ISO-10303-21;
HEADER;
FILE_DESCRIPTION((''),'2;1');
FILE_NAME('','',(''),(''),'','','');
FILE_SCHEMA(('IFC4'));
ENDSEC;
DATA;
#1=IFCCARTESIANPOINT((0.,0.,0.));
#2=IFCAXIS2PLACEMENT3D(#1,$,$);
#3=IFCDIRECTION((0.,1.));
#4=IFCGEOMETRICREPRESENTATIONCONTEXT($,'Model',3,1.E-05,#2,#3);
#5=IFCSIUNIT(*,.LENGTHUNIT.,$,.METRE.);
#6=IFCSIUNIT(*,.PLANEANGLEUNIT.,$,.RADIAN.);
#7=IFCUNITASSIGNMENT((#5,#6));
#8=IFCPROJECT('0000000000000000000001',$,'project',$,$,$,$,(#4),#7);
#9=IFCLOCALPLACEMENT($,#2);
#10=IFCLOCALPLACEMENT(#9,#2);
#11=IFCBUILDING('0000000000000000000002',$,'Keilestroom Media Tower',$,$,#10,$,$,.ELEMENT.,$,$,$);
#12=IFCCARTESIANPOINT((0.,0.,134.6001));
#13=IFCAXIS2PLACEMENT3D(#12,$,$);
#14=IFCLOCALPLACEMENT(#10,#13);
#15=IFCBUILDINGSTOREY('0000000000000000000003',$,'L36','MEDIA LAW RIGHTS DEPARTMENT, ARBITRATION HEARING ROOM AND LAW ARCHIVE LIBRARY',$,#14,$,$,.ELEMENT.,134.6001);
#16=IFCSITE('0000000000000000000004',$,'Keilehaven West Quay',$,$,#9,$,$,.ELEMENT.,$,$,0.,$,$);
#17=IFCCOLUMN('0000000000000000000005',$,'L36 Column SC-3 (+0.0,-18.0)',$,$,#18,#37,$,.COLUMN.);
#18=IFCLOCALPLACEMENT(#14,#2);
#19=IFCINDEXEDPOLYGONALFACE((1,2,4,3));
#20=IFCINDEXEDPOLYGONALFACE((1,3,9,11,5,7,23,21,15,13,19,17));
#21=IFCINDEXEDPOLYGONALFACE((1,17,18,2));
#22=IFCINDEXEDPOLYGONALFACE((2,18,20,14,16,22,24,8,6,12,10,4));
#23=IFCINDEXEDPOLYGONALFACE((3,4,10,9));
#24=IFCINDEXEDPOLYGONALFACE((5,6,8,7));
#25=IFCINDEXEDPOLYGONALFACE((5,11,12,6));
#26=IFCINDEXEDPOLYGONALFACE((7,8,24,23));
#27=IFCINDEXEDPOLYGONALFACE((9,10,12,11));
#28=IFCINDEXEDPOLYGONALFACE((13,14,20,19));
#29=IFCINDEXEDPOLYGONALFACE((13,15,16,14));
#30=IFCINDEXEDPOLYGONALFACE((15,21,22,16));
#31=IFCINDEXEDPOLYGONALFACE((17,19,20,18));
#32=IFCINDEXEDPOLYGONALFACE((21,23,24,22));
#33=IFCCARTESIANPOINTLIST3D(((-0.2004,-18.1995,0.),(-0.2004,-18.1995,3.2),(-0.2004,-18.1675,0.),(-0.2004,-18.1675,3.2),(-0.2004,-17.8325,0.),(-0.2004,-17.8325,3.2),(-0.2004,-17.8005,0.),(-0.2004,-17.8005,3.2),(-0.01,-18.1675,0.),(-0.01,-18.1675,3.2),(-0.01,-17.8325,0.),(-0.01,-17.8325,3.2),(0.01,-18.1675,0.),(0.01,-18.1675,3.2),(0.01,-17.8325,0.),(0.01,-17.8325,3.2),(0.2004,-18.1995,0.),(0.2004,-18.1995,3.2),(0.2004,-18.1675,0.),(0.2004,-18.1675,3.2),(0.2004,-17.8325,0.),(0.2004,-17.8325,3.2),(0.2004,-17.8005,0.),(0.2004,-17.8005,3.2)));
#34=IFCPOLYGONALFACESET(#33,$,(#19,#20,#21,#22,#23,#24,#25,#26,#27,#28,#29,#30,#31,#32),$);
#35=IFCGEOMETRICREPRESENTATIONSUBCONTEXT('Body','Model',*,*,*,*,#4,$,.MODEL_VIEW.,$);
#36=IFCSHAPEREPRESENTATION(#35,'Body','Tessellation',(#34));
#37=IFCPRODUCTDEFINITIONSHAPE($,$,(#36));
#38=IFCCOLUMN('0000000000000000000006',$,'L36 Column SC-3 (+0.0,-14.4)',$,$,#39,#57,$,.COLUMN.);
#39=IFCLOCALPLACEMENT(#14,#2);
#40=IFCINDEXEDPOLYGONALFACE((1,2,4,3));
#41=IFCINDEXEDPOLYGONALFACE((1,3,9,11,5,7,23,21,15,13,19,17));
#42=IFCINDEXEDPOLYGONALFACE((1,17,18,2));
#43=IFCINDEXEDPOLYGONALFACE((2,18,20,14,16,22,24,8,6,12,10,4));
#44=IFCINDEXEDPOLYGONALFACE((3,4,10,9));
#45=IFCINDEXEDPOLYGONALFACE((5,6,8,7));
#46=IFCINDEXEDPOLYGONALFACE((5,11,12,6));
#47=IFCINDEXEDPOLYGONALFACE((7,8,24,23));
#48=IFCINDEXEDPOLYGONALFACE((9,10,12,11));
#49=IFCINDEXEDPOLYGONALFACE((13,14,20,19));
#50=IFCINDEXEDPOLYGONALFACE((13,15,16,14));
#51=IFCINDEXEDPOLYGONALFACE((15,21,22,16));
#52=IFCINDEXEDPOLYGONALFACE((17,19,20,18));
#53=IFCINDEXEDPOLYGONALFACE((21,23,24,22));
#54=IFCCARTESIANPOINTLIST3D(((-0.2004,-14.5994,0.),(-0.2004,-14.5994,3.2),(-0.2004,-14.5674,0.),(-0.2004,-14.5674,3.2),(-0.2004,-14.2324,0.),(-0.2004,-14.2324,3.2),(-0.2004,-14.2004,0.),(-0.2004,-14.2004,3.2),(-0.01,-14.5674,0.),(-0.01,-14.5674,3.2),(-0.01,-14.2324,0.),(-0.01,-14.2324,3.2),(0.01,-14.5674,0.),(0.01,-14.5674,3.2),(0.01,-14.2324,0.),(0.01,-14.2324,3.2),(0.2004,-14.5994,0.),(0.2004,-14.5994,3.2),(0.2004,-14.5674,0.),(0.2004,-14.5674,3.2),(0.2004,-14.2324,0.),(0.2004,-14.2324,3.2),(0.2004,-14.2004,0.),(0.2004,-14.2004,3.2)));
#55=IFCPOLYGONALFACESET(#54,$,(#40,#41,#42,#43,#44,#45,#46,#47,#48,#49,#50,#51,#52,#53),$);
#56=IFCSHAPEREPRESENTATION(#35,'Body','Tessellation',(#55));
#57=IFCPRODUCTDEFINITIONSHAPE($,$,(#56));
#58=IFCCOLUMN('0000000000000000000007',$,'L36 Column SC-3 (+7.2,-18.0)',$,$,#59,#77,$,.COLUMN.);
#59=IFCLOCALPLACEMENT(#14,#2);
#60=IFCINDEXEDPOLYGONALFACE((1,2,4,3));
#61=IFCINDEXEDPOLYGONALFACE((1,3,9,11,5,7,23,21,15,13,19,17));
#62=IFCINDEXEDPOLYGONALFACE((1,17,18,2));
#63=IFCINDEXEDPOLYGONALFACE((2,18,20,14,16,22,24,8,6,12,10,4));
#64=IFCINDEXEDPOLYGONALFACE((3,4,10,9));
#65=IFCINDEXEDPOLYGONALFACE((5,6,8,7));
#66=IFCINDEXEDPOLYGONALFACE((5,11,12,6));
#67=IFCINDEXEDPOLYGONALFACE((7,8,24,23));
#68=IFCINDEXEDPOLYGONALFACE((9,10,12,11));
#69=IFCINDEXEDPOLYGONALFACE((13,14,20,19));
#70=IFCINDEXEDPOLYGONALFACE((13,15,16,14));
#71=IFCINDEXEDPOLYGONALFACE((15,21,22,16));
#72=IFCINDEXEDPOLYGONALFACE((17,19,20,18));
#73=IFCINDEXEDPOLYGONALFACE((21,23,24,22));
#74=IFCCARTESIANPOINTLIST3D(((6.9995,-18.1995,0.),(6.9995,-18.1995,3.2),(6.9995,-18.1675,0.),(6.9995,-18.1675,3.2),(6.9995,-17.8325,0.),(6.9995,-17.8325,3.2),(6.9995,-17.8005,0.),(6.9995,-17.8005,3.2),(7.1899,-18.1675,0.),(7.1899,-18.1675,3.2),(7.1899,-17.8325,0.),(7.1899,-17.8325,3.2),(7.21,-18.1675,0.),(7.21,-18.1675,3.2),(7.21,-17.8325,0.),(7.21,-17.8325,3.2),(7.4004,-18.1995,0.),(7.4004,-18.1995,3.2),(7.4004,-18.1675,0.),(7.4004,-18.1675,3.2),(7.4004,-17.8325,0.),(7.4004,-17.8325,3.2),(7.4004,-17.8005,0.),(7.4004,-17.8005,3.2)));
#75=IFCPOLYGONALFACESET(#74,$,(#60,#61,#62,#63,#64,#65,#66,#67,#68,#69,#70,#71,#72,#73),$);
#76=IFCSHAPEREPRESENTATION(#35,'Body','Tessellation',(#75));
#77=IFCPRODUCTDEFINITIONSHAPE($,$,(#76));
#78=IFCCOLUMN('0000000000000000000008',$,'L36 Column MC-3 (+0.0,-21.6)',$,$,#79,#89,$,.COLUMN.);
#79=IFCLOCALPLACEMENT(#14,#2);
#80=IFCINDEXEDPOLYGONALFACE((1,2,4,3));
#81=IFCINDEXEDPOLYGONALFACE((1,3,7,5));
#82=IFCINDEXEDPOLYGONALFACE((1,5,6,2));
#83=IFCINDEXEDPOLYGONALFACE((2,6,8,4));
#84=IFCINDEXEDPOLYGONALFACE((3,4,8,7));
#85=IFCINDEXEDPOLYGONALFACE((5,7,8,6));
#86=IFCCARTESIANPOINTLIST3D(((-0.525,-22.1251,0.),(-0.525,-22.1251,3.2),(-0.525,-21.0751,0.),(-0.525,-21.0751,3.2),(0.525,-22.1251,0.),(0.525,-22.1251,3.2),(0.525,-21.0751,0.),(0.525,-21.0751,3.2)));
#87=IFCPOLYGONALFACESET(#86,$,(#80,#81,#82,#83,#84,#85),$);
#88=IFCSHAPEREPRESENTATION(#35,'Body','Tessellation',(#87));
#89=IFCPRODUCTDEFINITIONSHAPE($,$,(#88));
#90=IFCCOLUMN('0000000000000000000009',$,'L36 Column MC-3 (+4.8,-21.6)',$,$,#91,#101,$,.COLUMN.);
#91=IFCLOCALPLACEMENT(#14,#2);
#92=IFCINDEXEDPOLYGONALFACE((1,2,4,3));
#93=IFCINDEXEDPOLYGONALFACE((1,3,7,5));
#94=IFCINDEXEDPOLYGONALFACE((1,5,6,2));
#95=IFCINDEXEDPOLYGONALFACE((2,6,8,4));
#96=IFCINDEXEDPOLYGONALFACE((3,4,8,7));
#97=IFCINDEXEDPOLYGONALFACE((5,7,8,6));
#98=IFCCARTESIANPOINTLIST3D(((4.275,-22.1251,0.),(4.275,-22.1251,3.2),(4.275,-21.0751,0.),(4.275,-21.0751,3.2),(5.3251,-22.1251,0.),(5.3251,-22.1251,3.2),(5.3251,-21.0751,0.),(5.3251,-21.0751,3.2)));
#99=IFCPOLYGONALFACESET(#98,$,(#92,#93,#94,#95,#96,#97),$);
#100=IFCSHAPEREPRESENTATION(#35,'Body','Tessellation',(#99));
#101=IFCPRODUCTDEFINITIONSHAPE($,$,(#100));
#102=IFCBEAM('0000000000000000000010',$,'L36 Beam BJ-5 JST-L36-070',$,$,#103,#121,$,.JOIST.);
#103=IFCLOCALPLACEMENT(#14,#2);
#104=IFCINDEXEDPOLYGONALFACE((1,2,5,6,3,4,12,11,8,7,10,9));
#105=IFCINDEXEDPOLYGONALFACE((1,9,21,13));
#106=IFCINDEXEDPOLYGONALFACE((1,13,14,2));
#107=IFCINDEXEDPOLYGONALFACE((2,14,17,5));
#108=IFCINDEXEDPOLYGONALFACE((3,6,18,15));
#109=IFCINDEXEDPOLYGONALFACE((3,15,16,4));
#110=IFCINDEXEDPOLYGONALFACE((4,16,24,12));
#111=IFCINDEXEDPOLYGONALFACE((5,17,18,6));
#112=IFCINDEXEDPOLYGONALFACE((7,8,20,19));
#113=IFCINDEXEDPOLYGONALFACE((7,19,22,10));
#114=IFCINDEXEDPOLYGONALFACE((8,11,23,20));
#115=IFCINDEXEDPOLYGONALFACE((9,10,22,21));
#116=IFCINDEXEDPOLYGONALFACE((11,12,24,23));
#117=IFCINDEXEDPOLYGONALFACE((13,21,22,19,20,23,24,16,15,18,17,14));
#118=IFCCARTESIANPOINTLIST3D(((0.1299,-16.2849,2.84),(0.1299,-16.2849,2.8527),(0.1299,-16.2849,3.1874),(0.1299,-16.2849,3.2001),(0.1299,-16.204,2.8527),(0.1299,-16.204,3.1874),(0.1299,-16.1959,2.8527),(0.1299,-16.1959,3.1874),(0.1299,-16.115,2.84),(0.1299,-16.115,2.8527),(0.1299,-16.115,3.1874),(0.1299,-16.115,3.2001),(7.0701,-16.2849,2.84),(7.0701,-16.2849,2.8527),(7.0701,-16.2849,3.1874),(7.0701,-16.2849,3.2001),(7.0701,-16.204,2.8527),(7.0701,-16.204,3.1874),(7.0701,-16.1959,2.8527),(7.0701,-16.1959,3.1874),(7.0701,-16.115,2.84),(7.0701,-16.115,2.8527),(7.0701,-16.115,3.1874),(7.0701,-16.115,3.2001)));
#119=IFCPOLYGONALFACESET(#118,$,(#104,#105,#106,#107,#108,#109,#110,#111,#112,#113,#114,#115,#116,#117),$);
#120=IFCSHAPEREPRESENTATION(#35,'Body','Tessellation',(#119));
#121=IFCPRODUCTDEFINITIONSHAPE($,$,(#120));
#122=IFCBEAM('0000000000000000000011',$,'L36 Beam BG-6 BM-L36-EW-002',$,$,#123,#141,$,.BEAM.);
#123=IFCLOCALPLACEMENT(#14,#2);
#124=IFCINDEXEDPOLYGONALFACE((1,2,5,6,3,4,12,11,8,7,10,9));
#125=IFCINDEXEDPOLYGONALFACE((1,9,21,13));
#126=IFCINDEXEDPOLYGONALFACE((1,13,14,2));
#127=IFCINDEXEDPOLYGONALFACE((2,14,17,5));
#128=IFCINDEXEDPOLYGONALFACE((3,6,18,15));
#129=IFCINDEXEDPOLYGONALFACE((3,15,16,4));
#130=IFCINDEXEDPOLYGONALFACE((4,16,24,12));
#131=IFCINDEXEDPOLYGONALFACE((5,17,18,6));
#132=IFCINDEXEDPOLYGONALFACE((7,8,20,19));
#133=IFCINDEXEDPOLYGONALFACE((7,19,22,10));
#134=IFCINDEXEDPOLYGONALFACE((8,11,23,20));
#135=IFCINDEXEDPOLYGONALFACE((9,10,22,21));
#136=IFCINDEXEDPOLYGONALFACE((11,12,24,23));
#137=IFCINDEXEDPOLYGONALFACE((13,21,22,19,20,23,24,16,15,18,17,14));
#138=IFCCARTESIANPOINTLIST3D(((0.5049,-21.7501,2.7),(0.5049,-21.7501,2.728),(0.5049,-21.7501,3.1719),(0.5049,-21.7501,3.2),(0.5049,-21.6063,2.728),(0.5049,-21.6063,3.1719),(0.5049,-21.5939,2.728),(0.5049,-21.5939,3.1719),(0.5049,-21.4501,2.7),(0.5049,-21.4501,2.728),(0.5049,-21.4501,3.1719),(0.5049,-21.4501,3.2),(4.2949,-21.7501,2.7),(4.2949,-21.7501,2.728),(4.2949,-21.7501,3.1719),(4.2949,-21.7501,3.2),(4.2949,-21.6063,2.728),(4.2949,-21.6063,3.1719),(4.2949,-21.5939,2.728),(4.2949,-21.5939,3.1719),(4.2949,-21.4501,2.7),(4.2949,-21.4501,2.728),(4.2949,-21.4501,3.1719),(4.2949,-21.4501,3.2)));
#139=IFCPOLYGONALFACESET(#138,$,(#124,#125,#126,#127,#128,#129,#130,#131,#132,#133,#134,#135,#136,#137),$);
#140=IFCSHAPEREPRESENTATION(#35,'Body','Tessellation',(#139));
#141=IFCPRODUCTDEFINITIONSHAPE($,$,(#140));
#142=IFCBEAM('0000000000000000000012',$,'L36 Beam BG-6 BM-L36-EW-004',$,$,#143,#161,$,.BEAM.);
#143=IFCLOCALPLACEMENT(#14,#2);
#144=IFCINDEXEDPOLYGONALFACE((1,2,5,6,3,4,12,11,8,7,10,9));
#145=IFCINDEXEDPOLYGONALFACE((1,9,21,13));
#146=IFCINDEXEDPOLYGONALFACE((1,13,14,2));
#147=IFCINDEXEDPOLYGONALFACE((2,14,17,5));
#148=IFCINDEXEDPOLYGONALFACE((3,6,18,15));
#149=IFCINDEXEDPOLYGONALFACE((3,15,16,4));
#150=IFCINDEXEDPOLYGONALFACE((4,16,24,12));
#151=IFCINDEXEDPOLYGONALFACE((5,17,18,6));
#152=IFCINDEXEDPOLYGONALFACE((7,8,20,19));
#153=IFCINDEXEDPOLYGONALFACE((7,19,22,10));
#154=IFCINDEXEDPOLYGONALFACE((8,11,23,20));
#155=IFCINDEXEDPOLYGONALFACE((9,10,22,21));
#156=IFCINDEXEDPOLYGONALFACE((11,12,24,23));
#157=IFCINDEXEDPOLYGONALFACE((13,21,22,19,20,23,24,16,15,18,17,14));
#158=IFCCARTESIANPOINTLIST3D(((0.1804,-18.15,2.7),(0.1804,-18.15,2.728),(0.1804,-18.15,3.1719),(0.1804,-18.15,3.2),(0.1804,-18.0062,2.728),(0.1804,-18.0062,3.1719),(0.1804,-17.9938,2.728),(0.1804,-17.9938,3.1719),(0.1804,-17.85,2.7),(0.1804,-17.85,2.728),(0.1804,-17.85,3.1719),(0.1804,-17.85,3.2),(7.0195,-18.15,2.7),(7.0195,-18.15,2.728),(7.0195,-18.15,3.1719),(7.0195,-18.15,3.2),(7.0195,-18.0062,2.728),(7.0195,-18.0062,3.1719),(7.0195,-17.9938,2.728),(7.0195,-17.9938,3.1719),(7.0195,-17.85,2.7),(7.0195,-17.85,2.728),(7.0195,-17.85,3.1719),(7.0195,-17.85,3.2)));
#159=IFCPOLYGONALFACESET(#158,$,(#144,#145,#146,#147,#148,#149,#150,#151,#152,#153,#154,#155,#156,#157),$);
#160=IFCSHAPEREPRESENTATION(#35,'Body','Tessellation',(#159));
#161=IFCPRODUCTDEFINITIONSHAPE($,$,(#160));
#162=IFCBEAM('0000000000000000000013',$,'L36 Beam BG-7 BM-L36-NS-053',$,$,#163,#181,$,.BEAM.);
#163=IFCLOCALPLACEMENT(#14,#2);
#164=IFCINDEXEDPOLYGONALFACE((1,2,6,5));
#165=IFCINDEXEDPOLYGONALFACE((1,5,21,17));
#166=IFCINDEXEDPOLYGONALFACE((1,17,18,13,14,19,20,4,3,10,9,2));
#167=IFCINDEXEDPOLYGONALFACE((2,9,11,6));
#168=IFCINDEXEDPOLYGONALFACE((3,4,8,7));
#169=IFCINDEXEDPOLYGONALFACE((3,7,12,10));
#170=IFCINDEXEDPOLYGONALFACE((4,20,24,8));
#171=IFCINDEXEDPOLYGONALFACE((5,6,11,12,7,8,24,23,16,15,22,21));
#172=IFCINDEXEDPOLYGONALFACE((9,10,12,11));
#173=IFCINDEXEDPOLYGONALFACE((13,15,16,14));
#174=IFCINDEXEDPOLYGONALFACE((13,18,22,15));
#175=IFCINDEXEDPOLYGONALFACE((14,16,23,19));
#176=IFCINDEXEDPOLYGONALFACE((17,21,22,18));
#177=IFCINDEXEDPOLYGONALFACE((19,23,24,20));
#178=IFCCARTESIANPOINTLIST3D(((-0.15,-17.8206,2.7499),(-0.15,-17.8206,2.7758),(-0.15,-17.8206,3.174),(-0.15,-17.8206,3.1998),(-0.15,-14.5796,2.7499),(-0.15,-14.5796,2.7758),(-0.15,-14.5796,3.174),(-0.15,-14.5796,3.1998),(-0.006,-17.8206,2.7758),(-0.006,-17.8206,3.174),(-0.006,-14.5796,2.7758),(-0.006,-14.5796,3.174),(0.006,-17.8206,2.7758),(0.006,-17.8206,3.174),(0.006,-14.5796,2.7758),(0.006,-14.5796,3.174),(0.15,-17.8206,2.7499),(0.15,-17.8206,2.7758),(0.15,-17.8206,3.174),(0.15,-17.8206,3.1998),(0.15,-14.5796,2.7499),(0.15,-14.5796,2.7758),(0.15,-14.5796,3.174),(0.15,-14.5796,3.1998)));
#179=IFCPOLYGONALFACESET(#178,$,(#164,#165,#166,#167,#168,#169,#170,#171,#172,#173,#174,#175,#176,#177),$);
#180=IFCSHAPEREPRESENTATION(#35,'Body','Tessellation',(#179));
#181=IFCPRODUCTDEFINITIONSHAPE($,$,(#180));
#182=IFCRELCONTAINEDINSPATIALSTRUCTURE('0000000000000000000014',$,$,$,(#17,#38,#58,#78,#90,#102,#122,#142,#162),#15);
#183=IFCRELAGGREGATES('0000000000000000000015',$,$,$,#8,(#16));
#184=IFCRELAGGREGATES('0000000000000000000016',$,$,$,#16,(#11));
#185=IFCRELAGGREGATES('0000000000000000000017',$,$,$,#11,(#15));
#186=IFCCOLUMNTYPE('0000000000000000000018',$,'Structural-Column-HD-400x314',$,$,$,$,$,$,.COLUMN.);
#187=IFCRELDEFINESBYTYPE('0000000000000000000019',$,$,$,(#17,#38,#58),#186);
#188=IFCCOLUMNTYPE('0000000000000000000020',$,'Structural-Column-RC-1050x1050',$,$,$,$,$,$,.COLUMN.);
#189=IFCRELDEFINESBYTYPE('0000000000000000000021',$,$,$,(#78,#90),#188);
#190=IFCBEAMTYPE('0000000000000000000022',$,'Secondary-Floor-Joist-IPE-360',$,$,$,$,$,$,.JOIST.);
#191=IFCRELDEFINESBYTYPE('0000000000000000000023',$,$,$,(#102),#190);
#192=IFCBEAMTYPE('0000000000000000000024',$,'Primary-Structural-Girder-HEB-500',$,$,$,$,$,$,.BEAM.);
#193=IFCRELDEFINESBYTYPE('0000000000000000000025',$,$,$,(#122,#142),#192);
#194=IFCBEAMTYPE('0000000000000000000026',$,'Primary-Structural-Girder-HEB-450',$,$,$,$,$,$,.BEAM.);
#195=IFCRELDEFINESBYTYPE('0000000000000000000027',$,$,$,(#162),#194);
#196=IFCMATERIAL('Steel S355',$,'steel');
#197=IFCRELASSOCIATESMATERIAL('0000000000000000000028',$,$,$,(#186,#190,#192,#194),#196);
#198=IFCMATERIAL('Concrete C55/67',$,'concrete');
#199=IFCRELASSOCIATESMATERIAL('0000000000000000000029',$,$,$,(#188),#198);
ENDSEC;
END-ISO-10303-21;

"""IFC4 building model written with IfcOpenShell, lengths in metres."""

from ifc_helpers import new_model, si_unit, direction, frame, origin, origin_2d, place, context, subcontext, project, spatial, rectangle, i_section, extrude, source, transform, mapped, material, material_profile, profile_set, type_object, element, save


model = new_model("IFC4")

# Units and contexts
model_context = context("Model", 3, precision=1e-05, world=origin(), true_north=direction((0.0, 1.0)))
body_context = subcontext(model_context, "Body", "Model", "MODEL_VIEW")
ifc_project = project(units=[si_unit("LENGTHUNIT", "METRE"), si_unit("PLANEANGLEUNIT", "RADIAN")], contexts=[model_context])

# Site, building, storey
site_placement = place(None, origin())
site = spatial("IfcSite", under=ifc_project, at=site_placement, Name="Keilehaven West Quay", CompositionType="ELEMENT", RefElevation=0.0)
building_placement = place(site_placement, origin())
building = spatial("IfcBuilding", under=site, at=building_placement, Name="Keilestroom Media Tower", CompositionType="ELEMENT")
storey_placement = place(building_placement, frame((0.0, 0.0, 134.6001)))
storey = spatial("IfcBuildingStorey", under=building, at=storey_placement, Name="L36", Description="MEDIA LAW RIGHTS DEPARTMENT, ARBITRATION HEARING ROOM AND LAW ARCHIVE LIBRARY", CompositionType="ELEMENT", Elevation=134.6001)

# Columns
ifc_material_1 = material(Name="Steel S355", Category="steel")
ifc_material_profile_1 = material_profile(ifc_material_1, i_section(OverallWidth=0.4009, OverallDepth=0.3989, WebThickness=0.02, FlangeThickness=0.032, at=origin_2d()), Name="HD 400x314")
ifc_profile_set_1 = profile_set([ifc_material_profile_1], Name="Steel S355")
column_type_1 = type_object("IfcColumnType", Name="Structural-Column-HD-400x314", PredefinedType="COLUMN", material=ifc_profile_set_1)
shared_shape_1 = source(origin(), body_context, "Body", "SweptSolid", [
    extrude(i_section(OverallWidth=0.4009, OverallDepth=0.3989, WebThickness=0.02, FlangeThickness=0.032, at=origin_2d()), origin(), (0.0, 0.0, 1.0), 3.2),
])
for number, where, z_axis, x_axis, name in (
    (1, (0.0, -18.0, 0.0), (0.0, 0.0, 1.0), (1.0, 0.0, 0.0), "L36 Column SC-3 (+0.0,-18.0)"),
    (2, (0.0, -14.3999, 0.0), (0.0, 0.0, 1.0), (1.0, 0.0, 0.0), "L36 Column SC-3 (+0.0,-14.4)"),
    (3, (7.2, -18.0, 0.0), (0.0, 0.0, 1.0), (1.0, 0.0, 0.0), "L36 Column SC-3 (+7.2,-18.0)"),
):
    element("IfcColumn", number, at=place(storey_placement, frame(where, z_axis=z_axis, x_axis=x_axis)), inside=storey, type_object=column_type_1, Name=name, PredefinedType="COLUMN", context=body_context, shape_type="MappedRepresentation", body=[
        mapped(shared_shape_1, transform((0.0, 0.0, 0.0), x_axis=(1.0, 0.0, 0.0), y_axis=(0.0, 1.0, 0.0), z_axis=(0.0, 0.0, 1.0), scale=1.0)),
    ])
ifc_material_2 = material(Name="Concrete C55/67", Category="concrete")
ifc_material_profile_2 = material_profile(ifc_material_2, rectangle(XDim=1.05, YDim=1.05, at=origin_2d()), Name="RC 1050x1050")
ifc_profile_set_2 = profile_set([ifc_material_profile_2], Name="Concrete C55/67")
column_type_2 = type_object("IfcColumnType", Name="Structural-Column-RC-1050x1050", PredefinedType="COLUMN", material=ifc_profile_set_2)
shared_shape_2 = source(origin(), body_context, "Body", "SweptSolid", [
    extrude(rectangle(XDim=1.05, YDim=1.05, at=origin_2d()), origin(), (0.0, 0.0, 1.0), 3.2),
])
for number, where, z_axis, x_axis, name in (
    (4, (0.0, -21.6001, 0.0), (0.0, 0.0, 1.0), (1.0, 0.0, 0.0), "L36 Column MC-3 (+0.0,-21.6)"),
    (5, (4.8, -21.6001, 0.0), (0.0, 0.0, 1.0), (1.0, 0.0, 0.0), "L36 Column MC-3 (+4.8,-21.6)"),
):
    element("IfcColumn", number, at=place(storey_placement, frame(where, z_axis=z_axis, x_axis=x_axis)), inside=storey, type_object=column_type_2, Name=name, PredefinedType="COLUMN", context=body_context, shape_type="MappedRepresentation", body=[
        mapped(shared_shape_2, transform((0.0, 0.0, 0.0), x_axis=(1.0, 0.0, 0.0), y_axis=(0.0, 1.0, 0.0), z_axis=(0.0, 0.0, 1.0), scale=1.0)),
    ])

# Beams
ifc_material_profile_3 = material_profile(ifc_material_1, i_section(OverallWidth=0.1699, OverallDepth=0.3601, WebThickness=0.0081, FlangeThickness=0.0127, at=origin_2d()), Name="IPE 360")
ifc_profile_set_3 = profile_set([ifc_material_profile_3], Name="Steel S355")
beam_type_1 = type_object("IfcBeamType", Name="Secondary-Floor-Joist-IPE-360", PredefinedType="JOIST", material=ifc_profile_set_3)
shared_shape_3 = source(origin(), body_context, "Body", "SweptSolid", [
    extrude(i_section(OverallWidth=0.1699, OverallDepth=0.3601, WebThickness=0.0081, FlangeThickness=0.0127, at=origin_2d()), origin(), (0.0, 0.0, 1.0), 6.9402),
])
beam_1_placement = place(storey_placement, frame((0.1299, -16.2, 3.02), z_axis=(1.0, 0.0, 0.0), x_axis=(0.0, 1.0, 0.0)))
element("IfcBeam", 6, at=beam_1_placement, inside=storey, type_object=beam_type_1, Name="L36 Beam BJ-5 JST-L36-070", PredefinedType="JOIST", context=body_context, shape_type="MappedRepresentation", body=[
    mapped(shared_shape_3, transform((0.0, 0.0, 0.0), x_axis=(1.0, 0.0, 0.0), y_axis=(0.0, 1.0, 0.0), z_axis=(0.0, 0.0, 1.0), scale=1.0)),
])
ifc_material_profile_4 = material_profile(ifc_material_1, i_section(OverallWidth=0.3, OverallDepth=0.5, WebThickness=0.0125, FlangeThickness=0.0281, at=origin_2d()), Name="HEB 500")
ifc_profile_set_4 = profile_set([ifc_material_profile_4], Name="Steel S355")
beam_type_2 = type_object("IfcBeamType", Name="Primary-Structural-Girder-HEB-500", PredefinedType="BEAM", material=ifc_profile_set_4)
shared_shape_4 = source(origin(), body_context, "Body", "SweptSolid", [
    extrude(i_section(OverallWidth=0.3, OverallDepth=0.5, WebThickness=0.0125, FlangeThickness=0.0281, at=origin_2d()), origin(), (0.0, 0.0, 1.0), 3.79),
])
beam_2_placement = place(storey_placement, frame((0.5049, -21.6001, 2.95), z_axis=(1.0, 0.0, 0.0), x_axis=(0.0, 1.0, 0.0)))
element("IfcBeam", 7, at=beam_2_placement, inside=storey, type_object=beam_type_2, Name="L36 Beam BG-6 BM-L36-EW-002", PredefinedType="BEAM", context=body_context, shape_type="MappedRepresentation", body=[
    mapped(shared_shape_4, transform((0.0, 0.0, 0.0), x_axis=(1.0, 0.0, 0.0), y_axis=(0.0, 1.0, 0.0), z_axis=(0.0, 0.0, 1.0), scale=1.0)),
])
shared_shape_5 = source(origin(), body_context, "Body", "SweptSolid", [
    extrude(i_section(OverallWidth=0.3, OverallDepth=0.5, WebThickness=0.0125, FlangeThickness=0.0281, at=origin_2d()), origin(), (0.0, 0.0, 1.0), 6.8391),
])
beam_3_placement = place(storey_placement, frame((0.1804, -18.0, 2.95), z_axis=(1.0, 0.0, 0.0), x_axis=(0.0, 1.0, 0.0)))
element("IfcBeam", 8, at=beam_3_placement, inside=storey, type_object=beam_type_2, Name="L36 Beam BG-6 BM-L36-EW-004", PredefinedType="BEAM", context=body_context, shape_type="MappedRepresentation", body=[
    mapped(shared_shape_5, transform((0.0, 0.0, 0.0), x_axis=(1.0, 0.0, 0.0), y_axis=(0.0, 1.0, 0.0), z_axis=(0.0, 0.0, 1.0), scale=1.0)),
])
ifc_material_profile_5 = material_profile(ifc_material_1, i_section(OverallWidth=0.3, OverallDepth=0.45, WebThickness=0.012, FlangeThickness=0.0259, at=origin_2d()), Name="HEB 450")
ifc_profile_set_5 = profile_set([ifc_material_profile_5], Name="Steel S355")
beam_type_3 = type_object("IfcBeamType", Name="Primary-Structural-Girder-HEB-450", PredefinedType="BEAM", material=ifc_profile_set_5)
shared_shape_6 = source(origin(), body_context, "Body", "SweptSolid", [
    extrude(i_section(OverallWidth=0.3, OverallDepth=0.45, WebThickness=0.012, FlangeThickness=0.0259, at=origin_2d()), origin(), (0.0, 0.0, 1.0), 3.241),
])
for number, where, z_axis, x_axis, name in (
    (9, (0.0, -17.8206, 2.9749), (0.0, 1.0, 0.0), (-1.0, 0.0, 0.0), "L36 Beam BG-7 BM-L36-NS-053"),
):
    element("IfcBeam", number, at=place(storey_placement, frame(where, z_axis=z_axis, x_axis=x_axis)), inside=storey, type_object=beam_type_3, Name=name, PredefinedType="BEAM", context=body_context, shape_type="MappedRepresentation", body=[
        mapped(shared_shape_6, transform((0.0, 0.0, 0.0), x_axis=(1.0, 0.0, 0.0), y_axis=(0.0, 1.0, 0.0), z_axis=(0.0, 0.0, 1.0), scale=1.0)),
    ])

save(model, "model.ifc")
